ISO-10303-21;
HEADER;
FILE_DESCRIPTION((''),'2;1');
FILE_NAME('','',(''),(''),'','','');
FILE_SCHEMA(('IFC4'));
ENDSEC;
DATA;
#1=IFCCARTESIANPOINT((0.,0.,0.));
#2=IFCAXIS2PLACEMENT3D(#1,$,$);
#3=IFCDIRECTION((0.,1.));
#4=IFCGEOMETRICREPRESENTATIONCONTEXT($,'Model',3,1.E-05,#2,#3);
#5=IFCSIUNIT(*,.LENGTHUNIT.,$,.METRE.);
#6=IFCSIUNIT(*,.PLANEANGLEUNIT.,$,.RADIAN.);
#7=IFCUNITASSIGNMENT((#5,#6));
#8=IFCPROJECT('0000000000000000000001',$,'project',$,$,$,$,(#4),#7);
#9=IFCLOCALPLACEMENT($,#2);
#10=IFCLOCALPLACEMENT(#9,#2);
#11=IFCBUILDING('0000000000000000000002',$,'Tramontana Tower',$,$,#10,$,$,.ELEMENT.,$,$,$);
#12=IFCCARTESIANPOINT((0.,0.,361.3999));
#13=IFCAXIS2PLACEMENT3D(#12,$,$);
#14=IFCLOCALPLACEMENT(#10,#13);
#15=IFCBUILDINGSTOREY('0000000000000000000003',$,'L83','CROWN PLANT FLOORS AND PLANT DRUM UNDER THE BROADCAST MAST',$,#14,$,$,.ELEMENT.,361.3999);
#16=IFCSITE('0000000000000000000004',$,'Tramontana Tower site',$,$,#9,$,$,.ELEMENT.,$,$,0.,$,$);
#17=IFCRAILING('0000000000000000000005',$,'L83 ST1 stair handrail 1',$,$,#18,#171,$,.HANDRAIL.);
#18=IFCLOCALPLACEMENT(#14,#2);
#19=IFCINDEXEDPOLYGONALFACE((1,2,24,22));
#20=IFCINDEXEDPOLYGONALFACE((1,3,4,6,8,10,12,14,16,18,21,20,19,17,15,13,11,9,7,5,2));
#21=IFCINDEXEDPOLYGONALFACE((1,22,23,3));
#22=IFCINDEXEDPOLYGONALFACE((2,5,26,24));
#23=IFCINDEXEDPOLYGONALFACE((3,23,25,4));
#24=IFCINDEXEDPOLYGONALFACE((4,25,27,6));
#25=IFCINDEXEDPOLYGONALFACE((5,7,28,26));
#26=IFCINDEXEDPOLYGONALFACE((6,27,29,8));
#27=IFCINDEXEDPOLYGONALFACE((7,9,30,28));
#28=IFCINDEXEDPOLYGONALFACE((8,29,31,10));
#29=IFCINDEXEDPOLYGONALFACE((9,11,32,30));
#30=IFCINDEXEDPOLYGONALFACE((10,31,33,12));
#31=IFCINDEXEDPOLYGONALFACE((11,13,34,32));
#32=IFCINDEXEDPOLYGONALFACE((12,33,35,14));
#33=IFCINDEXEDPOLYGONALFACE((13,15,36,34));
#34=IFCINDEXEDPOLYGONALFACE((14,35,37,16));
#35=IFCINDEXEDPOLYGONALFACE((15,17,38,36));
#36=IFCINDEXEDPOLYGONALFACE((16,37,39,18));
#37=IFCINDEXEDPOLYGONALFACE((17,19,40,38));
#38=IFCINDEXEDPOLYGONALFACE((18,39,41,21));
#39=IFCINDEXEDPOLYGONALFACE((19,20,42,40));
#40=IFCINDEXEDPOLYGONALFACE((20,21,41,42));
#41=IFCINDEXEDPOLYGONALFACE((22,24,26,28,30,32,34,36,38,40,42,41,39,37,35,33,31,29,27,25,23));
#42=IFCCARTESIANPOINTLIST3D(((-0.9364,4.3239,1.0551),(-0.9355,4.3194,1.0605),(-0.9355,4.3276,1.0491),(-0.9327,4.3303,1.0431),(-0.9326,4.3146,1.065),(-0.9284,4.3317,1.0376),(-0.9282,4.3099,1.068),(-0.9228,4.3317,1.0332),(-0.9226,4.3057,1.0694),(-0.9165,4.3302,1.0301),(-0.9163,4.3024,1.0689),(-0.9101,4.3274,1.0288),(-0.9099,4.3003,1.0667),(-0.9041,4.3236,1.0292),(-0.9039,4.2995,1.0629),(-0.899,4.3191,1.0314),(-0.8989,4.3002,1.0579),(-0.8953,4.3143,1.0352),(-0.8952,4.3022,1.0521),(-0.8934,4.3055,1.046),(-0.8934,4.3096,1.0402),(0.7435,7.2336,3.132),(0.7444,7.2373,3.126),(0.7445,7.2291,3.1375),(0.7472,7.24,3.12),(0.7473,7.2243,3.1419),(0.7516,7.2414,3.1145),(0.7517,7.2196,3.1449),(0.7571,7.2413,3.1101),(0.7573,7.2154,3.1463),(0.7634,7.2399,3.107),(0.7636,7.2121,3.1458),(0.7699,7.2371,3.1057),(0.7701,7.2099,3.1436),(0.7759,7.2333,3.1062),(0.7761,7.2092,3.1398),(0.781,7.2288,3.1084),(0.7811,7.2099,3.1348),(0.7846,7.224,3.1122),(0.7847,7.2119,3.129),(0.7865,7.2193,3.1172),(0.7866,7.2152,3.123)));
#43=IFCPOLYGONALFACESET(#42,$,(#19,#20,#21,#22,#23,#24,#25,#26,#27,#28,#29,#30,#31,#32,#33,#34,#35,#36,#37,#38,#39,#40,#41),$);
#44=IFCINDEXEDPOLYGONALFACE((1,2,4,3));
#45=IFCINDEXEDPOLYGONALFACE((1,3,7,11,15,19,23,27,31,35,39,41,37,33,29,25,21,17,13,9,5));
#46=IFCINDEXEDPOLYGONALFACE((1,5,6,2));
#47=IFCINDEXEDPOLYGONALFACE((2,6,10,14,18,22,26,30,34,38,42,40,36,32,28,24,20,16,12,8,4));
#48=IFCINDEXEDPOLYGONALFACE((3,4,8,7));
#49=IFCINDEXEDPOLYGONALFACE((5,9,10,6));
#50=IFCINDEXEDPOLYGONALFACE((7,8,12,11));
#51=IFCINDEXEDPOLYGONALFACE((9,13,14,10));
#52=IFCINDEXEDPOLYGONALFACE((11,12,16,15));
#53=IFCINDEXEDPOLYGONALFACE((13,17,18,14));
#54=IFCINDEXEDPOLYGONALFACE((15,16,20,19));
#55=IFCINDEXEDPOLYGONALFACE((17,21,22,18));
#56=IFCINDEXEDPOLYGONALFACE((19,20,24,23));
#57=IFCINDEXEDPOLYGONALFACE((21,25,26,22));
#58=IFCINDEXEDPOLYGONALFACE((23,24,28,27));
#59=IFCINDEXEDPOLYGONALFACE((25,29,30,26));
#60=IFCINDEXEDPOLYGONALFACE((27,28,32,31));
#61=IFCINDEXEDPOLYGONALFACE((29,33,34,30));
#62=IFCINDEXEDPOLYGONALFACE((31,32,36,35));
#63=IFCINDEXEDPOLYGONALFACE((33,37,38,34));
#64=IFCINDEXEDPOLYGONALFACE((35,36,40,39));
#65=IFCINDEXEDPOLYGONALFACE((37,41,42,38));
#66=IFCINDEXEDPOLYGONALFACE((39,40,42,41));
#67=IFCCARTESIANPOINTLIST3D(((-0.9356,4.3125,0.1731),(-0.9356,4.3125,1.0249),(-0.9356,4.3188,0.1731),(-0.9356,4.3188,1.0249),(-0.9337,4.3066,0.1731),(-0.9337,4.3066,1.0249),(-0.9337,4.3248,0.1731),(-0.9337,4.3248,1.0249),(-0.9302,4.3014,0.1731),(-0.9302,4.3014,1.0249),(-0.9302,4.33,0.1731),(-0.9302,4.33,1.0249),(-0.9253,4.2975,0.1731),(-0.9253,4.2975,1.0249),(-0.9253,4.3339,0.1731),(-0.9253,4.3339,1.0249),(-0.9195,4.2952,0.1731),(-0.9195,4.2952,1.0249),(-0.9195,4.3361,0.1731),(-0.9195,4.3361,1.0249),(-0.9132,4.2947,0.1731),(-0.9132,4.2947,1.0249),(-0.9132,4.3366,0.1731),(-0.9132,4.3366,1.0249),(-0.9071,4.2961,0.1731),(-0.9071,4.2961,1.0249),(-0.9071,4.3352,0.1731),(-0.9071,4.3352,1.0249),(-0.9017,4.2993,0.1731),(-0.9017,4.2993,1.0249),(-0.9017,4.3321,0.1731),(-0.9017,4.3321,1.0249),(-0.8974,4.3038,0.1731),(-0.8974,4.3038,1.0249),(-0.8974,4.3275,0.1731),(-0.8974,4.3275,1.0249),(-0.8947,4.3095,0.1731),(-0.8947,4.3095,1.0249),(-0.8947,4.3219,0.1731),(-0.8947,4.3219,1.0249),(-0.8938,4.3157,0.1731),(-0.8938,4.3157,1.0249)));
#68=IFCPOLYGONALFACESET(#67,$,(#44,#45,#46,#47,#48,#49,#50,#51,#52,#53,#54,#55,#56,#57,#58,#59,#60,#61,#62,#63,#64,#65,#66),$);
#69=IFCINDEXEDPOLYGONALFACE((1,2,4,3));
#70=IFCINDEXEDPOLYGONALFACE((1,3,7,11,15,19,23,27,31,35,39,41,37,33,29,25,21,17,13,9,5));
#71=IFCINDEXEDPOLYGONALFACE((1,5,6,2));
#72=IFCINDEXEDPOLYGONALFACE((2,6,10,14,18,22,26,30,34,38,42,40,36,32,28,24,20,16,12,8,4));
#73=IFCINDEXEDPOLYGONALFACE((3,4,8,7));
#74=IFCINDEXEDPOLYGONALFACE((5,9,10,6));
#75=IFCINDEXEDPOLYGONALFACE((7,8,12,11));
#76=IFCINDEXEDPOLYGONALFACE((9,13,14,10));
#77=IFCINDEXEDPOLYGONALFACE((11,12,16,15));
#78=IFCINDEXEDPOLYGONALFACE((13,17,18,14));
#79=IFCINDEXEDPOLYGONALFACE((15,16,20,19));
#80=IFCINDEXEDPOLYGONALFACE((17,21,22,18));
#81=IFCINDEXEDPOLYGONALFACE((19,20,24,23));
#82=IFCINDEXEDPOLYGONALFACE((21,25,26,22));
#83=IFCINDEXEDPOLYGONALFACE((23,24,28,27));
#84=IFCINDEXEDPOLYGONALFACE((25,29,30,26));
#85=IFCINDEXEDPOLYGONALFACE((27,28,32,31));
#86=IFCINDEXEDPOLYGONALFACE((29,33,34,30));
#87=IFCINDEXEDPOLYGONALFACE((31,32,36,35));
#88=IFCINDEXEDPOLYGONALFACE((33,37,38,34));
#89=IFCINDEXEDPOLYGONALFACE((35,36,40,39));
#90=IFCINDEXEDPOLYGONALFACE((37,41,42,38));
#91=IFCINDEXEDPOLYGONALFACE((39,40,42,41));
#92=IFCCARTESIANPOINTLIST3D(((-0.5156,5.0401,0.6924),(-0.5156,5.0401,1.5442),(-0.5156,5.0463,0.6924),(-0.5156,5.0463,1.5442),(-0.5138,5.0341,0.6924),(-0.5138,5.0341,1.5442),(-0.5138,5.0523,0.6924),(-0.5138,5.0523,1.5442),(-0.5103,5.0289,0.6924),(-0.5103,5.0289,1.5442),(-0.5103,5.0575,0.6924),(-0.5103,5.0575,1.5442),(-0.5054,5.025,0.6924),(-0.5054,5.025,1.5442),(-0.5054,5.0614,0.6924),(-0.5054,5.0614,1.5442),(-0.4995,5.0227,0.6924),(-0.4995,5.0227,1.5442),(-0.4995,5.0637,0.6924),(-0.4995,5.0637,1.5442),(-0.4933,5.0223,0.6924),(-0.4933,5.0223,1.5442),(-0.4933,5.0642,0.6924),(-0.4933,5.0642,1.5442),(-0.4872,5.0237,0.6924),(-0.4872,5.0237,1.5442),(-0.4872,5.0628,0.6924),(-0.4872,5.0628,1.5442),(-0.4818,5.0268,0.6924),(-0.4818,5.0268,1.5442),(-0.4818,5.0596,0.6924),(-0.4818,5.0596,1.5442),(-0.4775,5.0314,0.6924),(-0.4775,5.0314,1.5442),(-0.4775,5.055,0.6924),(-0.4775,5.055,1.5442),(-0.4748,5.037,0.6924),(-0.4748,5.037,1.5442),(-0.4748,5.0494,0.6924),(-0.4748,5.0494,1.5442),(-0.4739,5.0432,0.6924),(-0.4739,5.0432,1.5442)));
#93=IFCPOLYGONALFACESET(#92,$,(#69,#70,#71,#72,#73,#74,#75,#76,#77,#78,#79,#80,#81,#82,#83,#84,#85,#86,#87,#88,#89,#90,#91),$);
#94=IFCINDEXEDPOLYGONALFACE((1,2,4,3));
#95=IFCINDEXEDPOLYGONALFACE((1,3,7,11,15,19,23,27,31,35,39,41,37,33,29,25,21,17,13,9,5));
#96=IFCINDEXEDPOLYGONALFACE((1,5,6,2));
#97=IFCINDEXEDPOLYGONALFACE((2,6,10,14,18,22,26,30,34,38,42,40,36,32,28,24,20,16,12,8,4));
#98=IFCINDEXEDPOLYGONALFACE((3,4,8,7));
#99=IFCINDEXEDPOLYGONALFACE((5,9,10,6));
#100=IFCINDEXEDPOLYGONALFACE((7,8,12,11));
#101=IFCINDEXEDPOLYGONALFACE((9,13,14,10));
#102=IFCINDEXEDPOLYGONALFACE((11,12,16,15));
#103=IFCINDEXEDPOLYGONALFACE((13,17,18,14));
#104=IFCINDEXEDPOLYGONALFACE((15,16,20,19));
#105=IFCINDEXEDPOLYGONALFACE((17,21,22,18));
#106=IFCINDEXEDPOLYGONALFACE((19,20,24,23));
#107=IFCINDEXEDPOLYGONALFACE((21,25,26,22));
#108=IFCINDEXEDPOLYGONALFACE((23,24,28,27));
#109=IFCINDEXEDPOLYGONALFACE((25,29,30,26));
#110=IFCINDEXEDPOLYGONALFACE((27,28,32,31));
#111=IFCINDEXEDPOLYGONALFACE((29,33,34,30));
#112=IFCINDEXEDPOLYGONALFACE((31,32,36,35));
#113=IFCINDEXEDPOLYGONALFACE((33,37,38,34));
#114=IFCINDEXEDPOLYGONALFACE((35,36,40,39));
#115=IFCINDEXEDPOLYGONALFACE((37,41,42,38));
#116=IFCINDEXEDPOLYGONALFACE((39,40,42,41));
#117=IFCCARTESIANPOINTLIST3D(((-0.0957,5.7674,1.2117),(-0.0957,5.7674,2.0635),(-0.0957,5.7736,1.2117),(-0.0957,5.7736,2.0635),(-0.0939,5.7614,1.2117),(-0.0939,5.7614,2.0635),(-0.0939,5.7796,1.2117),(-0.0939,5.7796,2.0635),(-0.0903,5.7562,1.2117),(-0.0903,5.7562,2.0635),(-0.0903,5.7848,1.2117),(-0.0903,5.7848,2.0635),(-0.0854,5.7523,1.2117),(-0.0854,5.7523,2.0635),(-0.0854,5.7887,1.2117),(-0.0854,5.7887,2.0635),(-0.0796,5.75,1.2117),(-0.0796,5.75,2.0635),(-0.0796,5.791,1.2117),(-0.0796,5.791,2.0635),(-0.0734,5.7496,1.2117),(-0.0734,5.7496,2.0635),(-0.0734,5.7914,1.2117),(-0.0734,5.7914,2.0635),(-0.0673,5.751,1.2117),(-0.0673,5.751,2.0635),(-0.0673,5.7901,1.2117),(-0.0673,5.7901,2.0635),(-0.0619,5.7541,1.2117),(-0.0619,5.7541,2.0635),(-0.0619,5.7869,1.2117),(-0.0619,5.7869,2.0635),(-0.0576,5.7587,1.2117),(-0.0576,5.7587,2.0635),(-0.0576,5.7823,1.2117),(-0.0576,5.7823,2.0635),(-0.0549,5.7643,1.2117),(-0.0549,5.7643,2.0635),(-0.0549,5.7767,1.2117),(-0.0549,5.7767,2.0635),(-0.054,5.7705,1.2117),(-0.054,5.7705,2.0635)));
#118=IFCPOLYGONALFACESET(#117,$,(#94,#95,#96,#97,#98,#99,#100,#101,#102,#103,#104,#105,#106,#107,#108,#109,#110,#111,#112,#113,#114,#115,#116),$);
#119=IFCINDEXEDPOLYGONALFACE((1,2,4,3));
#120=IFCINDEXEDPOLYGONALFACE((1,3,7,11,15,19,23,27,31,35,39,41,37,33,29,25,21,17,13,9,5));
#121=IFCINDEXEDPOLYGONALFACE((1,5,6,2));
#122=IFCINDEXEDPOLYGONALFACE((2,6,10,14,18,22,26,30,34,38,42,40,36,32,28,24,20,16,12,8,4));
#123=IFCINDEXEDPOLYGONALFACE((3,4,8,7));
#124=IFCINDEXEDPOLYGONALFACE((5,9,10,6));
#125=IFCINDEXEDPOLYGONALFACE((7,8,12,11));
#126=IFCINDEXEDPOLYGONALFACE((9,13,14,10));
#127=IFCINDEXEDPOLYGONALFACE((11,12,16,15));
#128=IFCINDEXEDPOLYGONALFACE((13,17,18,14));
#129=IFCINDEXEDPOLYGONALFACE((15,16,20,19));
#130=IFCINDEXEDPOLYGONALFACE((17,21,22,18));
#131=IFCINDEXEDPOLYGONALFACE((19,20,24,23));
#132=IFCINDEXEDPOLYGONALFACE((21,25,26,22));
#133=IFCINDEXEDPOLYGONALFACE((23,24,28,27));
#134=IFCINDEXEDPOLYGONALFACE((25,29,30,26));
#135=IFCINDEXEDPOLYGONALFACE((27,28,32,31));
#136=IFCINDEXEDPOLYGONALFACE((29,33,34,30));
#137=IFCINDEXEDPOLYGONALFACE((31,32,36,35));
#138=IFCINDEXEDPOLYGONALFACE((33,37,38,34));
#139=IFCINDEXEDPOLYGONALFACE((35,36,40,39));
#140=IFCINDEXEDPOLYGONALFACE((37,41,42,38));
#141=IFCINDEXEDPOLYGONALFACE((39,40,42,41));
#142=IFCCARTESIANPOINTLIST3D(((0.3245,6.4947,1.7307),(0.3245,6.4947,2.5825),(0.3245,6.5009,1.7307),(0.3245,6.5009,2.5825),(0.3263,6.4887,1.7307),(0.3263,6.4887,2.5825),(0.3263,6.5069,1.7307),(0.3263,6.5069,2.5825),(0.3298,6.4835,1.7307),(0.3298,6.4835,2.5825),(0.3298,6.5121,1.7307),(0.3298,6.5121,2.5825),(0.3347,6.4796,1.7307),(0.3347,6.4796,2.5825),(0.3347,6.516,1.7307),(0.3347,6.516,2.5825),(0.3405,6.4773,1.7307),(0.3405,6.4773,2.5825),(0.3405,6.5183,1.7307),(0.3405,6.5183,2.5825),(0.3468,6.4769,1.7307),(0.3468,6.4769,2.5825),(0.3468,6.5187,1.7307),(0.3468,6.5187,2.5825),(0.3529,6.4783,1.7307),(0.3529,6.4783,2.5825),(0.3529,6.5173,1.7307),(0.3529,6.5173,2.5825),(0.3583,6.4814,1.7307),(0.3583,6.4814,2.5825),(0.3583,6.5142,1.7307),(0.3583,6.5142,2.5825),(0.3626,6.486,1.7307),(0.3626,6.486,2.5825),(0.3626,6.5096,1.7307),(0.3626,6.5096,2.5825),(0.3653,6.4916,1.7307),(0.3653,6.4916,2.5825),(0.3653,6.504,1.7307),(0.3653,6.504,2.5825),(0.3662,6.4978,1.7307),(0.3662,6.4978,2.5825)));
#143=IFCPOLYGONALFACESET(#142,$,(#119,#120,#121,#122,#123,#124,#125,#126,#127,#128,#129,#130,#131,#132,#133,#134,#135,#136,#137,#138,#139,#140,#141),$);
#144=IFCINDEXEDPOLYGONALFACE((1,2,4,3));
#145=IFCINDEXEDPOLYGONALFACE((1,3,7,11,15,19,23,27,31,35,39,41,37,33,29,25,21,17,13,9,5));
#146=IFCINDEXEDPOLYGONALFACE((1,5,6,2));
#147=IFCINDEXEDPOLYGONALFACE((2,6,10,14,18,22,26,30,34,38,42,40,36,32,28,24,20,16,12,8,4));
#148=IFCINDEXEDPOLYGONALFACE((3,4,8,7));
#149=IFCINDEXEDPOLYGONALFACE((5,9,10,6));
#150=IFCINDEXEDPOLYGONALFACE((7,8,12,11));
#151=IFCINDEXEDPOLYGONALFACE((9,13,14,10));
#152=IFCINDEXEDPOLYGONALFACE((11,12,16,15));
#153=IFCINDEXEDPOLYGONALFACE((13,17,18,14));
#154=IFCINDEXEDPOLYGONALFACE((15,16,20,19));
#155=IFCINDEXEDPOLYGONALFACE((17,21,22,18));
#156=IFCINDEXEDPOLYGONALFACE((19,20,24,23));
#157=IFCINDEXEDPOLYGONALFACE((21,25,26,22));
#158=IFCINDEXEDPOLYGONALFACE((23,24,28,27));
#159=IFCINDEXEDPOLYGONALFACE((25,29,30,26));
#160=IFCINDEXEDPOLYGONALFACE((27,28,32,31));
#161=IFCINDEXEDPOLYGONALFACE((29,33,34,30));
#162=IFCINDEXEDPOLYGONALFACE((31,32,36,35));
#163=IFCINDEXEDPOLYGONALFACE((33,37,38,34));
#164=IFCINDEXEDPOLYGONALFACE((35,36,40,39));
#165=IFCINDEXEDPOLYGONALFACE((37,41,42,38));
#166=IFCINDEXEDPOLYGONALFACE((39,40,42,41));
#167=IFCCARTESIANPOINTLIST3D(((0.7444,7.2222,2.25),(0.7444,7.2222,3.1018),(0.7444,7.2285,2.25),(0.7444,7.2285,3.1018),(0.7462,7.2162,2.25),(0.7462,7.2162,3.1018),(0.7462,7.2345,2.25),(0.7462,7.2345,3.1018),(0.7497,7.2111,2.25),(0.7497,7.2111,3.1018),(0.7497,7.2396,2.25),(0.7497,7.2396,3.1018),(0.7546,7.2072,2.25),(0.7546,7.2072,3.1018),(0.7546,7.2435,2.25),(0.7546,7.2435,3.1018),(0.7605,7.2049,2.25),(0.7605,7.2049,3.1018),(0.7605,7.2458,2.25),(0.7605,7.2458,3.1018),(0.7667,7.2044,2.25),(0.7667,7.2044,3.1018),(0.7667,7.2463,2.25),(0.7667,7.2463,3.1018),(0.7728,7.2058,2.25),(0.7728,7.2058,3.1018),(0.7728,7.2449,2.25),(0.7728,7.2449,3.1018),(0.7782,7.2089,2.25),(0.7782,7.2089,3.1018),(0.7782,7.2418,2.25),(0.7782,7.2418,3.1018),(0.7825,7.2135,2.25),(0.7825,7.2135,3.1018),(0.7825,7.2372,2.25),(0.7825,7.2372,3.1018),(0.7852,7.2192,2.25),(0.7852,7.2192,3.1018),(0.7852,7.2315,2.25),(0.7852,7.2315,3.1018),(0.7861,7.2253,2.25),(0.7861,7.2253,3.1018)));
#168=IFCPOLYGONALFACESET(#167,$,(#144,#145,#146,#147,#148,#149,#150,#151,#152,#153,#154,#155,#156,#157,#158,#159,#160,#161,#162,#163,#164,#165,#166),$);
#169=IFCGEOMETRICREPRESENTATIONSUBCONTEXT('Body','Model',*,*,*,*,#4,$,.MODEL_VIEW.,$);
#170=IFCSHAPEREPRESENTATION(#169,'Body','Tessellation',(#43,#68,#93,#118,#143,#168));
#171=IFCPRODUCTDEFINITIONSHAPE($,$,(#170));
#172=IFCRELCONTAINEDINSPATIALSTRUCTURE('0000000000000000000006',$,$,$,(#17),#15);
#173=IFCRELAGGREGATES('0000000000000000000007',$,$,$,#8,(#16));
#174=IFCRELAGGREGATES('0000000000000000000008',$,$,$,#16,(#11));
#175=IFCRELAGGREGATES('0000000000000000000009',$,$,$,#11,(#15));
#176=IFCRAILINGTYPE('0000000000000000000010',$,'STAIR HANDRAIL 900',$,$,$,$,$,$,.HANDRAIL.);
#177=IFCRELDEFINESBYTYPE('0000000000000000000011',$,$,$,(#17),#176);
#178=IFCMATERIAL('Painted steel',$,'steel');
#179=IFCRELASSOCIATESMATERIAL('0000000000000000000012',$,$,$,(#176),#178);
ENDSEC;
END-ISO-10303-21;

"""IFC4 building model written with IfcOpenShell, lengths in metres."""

from ifc_helpers import new_model, si_unit, direction, frame, origin, origin_2d, place, context, subcontext, project, spatial, circle, extrude, material, type_object, element, save


model = new_model("IFC4")

# Units and contexts
model_context = context("Model", 3, precision=1e-05, world=origin(), true_north=direction((0.0, 1.0)))
body_context = subcontext(model_context, "Body", "Model", "MODEL_VIEW")
ifc_project = project(units=[si_unit("LENGTHUNIT", "METRE"), si_unit("PLANEANGLEUNIT", "RADIAN")], contexts=[model_context])

# Site, building, storey
site_placement = place(None, origin())
site = spatial("IfcSite", under=ifc_project, at=site_placement, Name="Tramontana Tower site", CompositionType="ELEMENT", RefElevation=0.0)
building_placement = place(site_placement, origin())
building = spatial("IfcBuilding", under=site, at=building_placement, Name="Tramontana Tower", CompositionType="ELEMENT")
storey_placement = place(building_placement, frame((0.0, 0.0, 361.3999)))
storey = spatial("IfcBuildingStorey", under=building, at=storey_placement, Name="L83", Description="CROWN PLANT FLOORS AND PLANT DRUM UNDER THE BROADCAST MAST", CompositionType="ELEMENT", Elevation=361.3999)

# Railing
ifc_material_1 = material(Name="Painted steel", Category="steel")
railing_type_1 = type_object("IfcRailingType", Name="STAIR HANDRAIL 900", PredefinedType="HANDRAIL", material=ifc_material_1)
railing_1_placement = place(storey_placement, frame((-0.9148, 4.3157, 0.1731)))
element("IfcRailing", 1, at=railing_1_placement, inside=storey, type_object=railing_type_1, Name="L83 ST1 stair handrail 1", PredefinedType="HANDRAIL", context=body_context, shape_type="SweptSolid", body=[
    extrude(circle(Radius=0.0239, at=origin_2d()), frame((0.0, 0.0, 0.876), z_axis=(0.425308, 0.73664, 0.525809), x_axis=(-0.866021, 0.500008, 0.0)), (0.0, 0.0, 1.0), 3.95),
    extrude(circle(Radius=0.021, at=origin_2d()), origin(), (0.0, 0.0, 1.0), 0.8518),
    extrude(circle(Radius=0.021, at=origin_2d()), frame((0.4199, 0.7275, 0.5193)), (0.0, 0.0, 1.0), 0.8518),
    extrude(circle(Radius=0.021, at=origin_2d()), frame((0.8398, 1.4548, 1.0386)), (0.0, 0.0, 1.0), 0.8518),
    extrude(circle(Radius=0.021, at=origin_2d()), frame((1.26, 2.1821, 1.5576)), (0.0, 0.0, 1.0), 0.8518),
    extrude(circle(Radius=0.021, at=origin_2d()), frame((1.6799, 2.9097, 2.0769)), (0.0, 0.0, 1.0), 0.8518),
])

save(model, "model.ifc")
